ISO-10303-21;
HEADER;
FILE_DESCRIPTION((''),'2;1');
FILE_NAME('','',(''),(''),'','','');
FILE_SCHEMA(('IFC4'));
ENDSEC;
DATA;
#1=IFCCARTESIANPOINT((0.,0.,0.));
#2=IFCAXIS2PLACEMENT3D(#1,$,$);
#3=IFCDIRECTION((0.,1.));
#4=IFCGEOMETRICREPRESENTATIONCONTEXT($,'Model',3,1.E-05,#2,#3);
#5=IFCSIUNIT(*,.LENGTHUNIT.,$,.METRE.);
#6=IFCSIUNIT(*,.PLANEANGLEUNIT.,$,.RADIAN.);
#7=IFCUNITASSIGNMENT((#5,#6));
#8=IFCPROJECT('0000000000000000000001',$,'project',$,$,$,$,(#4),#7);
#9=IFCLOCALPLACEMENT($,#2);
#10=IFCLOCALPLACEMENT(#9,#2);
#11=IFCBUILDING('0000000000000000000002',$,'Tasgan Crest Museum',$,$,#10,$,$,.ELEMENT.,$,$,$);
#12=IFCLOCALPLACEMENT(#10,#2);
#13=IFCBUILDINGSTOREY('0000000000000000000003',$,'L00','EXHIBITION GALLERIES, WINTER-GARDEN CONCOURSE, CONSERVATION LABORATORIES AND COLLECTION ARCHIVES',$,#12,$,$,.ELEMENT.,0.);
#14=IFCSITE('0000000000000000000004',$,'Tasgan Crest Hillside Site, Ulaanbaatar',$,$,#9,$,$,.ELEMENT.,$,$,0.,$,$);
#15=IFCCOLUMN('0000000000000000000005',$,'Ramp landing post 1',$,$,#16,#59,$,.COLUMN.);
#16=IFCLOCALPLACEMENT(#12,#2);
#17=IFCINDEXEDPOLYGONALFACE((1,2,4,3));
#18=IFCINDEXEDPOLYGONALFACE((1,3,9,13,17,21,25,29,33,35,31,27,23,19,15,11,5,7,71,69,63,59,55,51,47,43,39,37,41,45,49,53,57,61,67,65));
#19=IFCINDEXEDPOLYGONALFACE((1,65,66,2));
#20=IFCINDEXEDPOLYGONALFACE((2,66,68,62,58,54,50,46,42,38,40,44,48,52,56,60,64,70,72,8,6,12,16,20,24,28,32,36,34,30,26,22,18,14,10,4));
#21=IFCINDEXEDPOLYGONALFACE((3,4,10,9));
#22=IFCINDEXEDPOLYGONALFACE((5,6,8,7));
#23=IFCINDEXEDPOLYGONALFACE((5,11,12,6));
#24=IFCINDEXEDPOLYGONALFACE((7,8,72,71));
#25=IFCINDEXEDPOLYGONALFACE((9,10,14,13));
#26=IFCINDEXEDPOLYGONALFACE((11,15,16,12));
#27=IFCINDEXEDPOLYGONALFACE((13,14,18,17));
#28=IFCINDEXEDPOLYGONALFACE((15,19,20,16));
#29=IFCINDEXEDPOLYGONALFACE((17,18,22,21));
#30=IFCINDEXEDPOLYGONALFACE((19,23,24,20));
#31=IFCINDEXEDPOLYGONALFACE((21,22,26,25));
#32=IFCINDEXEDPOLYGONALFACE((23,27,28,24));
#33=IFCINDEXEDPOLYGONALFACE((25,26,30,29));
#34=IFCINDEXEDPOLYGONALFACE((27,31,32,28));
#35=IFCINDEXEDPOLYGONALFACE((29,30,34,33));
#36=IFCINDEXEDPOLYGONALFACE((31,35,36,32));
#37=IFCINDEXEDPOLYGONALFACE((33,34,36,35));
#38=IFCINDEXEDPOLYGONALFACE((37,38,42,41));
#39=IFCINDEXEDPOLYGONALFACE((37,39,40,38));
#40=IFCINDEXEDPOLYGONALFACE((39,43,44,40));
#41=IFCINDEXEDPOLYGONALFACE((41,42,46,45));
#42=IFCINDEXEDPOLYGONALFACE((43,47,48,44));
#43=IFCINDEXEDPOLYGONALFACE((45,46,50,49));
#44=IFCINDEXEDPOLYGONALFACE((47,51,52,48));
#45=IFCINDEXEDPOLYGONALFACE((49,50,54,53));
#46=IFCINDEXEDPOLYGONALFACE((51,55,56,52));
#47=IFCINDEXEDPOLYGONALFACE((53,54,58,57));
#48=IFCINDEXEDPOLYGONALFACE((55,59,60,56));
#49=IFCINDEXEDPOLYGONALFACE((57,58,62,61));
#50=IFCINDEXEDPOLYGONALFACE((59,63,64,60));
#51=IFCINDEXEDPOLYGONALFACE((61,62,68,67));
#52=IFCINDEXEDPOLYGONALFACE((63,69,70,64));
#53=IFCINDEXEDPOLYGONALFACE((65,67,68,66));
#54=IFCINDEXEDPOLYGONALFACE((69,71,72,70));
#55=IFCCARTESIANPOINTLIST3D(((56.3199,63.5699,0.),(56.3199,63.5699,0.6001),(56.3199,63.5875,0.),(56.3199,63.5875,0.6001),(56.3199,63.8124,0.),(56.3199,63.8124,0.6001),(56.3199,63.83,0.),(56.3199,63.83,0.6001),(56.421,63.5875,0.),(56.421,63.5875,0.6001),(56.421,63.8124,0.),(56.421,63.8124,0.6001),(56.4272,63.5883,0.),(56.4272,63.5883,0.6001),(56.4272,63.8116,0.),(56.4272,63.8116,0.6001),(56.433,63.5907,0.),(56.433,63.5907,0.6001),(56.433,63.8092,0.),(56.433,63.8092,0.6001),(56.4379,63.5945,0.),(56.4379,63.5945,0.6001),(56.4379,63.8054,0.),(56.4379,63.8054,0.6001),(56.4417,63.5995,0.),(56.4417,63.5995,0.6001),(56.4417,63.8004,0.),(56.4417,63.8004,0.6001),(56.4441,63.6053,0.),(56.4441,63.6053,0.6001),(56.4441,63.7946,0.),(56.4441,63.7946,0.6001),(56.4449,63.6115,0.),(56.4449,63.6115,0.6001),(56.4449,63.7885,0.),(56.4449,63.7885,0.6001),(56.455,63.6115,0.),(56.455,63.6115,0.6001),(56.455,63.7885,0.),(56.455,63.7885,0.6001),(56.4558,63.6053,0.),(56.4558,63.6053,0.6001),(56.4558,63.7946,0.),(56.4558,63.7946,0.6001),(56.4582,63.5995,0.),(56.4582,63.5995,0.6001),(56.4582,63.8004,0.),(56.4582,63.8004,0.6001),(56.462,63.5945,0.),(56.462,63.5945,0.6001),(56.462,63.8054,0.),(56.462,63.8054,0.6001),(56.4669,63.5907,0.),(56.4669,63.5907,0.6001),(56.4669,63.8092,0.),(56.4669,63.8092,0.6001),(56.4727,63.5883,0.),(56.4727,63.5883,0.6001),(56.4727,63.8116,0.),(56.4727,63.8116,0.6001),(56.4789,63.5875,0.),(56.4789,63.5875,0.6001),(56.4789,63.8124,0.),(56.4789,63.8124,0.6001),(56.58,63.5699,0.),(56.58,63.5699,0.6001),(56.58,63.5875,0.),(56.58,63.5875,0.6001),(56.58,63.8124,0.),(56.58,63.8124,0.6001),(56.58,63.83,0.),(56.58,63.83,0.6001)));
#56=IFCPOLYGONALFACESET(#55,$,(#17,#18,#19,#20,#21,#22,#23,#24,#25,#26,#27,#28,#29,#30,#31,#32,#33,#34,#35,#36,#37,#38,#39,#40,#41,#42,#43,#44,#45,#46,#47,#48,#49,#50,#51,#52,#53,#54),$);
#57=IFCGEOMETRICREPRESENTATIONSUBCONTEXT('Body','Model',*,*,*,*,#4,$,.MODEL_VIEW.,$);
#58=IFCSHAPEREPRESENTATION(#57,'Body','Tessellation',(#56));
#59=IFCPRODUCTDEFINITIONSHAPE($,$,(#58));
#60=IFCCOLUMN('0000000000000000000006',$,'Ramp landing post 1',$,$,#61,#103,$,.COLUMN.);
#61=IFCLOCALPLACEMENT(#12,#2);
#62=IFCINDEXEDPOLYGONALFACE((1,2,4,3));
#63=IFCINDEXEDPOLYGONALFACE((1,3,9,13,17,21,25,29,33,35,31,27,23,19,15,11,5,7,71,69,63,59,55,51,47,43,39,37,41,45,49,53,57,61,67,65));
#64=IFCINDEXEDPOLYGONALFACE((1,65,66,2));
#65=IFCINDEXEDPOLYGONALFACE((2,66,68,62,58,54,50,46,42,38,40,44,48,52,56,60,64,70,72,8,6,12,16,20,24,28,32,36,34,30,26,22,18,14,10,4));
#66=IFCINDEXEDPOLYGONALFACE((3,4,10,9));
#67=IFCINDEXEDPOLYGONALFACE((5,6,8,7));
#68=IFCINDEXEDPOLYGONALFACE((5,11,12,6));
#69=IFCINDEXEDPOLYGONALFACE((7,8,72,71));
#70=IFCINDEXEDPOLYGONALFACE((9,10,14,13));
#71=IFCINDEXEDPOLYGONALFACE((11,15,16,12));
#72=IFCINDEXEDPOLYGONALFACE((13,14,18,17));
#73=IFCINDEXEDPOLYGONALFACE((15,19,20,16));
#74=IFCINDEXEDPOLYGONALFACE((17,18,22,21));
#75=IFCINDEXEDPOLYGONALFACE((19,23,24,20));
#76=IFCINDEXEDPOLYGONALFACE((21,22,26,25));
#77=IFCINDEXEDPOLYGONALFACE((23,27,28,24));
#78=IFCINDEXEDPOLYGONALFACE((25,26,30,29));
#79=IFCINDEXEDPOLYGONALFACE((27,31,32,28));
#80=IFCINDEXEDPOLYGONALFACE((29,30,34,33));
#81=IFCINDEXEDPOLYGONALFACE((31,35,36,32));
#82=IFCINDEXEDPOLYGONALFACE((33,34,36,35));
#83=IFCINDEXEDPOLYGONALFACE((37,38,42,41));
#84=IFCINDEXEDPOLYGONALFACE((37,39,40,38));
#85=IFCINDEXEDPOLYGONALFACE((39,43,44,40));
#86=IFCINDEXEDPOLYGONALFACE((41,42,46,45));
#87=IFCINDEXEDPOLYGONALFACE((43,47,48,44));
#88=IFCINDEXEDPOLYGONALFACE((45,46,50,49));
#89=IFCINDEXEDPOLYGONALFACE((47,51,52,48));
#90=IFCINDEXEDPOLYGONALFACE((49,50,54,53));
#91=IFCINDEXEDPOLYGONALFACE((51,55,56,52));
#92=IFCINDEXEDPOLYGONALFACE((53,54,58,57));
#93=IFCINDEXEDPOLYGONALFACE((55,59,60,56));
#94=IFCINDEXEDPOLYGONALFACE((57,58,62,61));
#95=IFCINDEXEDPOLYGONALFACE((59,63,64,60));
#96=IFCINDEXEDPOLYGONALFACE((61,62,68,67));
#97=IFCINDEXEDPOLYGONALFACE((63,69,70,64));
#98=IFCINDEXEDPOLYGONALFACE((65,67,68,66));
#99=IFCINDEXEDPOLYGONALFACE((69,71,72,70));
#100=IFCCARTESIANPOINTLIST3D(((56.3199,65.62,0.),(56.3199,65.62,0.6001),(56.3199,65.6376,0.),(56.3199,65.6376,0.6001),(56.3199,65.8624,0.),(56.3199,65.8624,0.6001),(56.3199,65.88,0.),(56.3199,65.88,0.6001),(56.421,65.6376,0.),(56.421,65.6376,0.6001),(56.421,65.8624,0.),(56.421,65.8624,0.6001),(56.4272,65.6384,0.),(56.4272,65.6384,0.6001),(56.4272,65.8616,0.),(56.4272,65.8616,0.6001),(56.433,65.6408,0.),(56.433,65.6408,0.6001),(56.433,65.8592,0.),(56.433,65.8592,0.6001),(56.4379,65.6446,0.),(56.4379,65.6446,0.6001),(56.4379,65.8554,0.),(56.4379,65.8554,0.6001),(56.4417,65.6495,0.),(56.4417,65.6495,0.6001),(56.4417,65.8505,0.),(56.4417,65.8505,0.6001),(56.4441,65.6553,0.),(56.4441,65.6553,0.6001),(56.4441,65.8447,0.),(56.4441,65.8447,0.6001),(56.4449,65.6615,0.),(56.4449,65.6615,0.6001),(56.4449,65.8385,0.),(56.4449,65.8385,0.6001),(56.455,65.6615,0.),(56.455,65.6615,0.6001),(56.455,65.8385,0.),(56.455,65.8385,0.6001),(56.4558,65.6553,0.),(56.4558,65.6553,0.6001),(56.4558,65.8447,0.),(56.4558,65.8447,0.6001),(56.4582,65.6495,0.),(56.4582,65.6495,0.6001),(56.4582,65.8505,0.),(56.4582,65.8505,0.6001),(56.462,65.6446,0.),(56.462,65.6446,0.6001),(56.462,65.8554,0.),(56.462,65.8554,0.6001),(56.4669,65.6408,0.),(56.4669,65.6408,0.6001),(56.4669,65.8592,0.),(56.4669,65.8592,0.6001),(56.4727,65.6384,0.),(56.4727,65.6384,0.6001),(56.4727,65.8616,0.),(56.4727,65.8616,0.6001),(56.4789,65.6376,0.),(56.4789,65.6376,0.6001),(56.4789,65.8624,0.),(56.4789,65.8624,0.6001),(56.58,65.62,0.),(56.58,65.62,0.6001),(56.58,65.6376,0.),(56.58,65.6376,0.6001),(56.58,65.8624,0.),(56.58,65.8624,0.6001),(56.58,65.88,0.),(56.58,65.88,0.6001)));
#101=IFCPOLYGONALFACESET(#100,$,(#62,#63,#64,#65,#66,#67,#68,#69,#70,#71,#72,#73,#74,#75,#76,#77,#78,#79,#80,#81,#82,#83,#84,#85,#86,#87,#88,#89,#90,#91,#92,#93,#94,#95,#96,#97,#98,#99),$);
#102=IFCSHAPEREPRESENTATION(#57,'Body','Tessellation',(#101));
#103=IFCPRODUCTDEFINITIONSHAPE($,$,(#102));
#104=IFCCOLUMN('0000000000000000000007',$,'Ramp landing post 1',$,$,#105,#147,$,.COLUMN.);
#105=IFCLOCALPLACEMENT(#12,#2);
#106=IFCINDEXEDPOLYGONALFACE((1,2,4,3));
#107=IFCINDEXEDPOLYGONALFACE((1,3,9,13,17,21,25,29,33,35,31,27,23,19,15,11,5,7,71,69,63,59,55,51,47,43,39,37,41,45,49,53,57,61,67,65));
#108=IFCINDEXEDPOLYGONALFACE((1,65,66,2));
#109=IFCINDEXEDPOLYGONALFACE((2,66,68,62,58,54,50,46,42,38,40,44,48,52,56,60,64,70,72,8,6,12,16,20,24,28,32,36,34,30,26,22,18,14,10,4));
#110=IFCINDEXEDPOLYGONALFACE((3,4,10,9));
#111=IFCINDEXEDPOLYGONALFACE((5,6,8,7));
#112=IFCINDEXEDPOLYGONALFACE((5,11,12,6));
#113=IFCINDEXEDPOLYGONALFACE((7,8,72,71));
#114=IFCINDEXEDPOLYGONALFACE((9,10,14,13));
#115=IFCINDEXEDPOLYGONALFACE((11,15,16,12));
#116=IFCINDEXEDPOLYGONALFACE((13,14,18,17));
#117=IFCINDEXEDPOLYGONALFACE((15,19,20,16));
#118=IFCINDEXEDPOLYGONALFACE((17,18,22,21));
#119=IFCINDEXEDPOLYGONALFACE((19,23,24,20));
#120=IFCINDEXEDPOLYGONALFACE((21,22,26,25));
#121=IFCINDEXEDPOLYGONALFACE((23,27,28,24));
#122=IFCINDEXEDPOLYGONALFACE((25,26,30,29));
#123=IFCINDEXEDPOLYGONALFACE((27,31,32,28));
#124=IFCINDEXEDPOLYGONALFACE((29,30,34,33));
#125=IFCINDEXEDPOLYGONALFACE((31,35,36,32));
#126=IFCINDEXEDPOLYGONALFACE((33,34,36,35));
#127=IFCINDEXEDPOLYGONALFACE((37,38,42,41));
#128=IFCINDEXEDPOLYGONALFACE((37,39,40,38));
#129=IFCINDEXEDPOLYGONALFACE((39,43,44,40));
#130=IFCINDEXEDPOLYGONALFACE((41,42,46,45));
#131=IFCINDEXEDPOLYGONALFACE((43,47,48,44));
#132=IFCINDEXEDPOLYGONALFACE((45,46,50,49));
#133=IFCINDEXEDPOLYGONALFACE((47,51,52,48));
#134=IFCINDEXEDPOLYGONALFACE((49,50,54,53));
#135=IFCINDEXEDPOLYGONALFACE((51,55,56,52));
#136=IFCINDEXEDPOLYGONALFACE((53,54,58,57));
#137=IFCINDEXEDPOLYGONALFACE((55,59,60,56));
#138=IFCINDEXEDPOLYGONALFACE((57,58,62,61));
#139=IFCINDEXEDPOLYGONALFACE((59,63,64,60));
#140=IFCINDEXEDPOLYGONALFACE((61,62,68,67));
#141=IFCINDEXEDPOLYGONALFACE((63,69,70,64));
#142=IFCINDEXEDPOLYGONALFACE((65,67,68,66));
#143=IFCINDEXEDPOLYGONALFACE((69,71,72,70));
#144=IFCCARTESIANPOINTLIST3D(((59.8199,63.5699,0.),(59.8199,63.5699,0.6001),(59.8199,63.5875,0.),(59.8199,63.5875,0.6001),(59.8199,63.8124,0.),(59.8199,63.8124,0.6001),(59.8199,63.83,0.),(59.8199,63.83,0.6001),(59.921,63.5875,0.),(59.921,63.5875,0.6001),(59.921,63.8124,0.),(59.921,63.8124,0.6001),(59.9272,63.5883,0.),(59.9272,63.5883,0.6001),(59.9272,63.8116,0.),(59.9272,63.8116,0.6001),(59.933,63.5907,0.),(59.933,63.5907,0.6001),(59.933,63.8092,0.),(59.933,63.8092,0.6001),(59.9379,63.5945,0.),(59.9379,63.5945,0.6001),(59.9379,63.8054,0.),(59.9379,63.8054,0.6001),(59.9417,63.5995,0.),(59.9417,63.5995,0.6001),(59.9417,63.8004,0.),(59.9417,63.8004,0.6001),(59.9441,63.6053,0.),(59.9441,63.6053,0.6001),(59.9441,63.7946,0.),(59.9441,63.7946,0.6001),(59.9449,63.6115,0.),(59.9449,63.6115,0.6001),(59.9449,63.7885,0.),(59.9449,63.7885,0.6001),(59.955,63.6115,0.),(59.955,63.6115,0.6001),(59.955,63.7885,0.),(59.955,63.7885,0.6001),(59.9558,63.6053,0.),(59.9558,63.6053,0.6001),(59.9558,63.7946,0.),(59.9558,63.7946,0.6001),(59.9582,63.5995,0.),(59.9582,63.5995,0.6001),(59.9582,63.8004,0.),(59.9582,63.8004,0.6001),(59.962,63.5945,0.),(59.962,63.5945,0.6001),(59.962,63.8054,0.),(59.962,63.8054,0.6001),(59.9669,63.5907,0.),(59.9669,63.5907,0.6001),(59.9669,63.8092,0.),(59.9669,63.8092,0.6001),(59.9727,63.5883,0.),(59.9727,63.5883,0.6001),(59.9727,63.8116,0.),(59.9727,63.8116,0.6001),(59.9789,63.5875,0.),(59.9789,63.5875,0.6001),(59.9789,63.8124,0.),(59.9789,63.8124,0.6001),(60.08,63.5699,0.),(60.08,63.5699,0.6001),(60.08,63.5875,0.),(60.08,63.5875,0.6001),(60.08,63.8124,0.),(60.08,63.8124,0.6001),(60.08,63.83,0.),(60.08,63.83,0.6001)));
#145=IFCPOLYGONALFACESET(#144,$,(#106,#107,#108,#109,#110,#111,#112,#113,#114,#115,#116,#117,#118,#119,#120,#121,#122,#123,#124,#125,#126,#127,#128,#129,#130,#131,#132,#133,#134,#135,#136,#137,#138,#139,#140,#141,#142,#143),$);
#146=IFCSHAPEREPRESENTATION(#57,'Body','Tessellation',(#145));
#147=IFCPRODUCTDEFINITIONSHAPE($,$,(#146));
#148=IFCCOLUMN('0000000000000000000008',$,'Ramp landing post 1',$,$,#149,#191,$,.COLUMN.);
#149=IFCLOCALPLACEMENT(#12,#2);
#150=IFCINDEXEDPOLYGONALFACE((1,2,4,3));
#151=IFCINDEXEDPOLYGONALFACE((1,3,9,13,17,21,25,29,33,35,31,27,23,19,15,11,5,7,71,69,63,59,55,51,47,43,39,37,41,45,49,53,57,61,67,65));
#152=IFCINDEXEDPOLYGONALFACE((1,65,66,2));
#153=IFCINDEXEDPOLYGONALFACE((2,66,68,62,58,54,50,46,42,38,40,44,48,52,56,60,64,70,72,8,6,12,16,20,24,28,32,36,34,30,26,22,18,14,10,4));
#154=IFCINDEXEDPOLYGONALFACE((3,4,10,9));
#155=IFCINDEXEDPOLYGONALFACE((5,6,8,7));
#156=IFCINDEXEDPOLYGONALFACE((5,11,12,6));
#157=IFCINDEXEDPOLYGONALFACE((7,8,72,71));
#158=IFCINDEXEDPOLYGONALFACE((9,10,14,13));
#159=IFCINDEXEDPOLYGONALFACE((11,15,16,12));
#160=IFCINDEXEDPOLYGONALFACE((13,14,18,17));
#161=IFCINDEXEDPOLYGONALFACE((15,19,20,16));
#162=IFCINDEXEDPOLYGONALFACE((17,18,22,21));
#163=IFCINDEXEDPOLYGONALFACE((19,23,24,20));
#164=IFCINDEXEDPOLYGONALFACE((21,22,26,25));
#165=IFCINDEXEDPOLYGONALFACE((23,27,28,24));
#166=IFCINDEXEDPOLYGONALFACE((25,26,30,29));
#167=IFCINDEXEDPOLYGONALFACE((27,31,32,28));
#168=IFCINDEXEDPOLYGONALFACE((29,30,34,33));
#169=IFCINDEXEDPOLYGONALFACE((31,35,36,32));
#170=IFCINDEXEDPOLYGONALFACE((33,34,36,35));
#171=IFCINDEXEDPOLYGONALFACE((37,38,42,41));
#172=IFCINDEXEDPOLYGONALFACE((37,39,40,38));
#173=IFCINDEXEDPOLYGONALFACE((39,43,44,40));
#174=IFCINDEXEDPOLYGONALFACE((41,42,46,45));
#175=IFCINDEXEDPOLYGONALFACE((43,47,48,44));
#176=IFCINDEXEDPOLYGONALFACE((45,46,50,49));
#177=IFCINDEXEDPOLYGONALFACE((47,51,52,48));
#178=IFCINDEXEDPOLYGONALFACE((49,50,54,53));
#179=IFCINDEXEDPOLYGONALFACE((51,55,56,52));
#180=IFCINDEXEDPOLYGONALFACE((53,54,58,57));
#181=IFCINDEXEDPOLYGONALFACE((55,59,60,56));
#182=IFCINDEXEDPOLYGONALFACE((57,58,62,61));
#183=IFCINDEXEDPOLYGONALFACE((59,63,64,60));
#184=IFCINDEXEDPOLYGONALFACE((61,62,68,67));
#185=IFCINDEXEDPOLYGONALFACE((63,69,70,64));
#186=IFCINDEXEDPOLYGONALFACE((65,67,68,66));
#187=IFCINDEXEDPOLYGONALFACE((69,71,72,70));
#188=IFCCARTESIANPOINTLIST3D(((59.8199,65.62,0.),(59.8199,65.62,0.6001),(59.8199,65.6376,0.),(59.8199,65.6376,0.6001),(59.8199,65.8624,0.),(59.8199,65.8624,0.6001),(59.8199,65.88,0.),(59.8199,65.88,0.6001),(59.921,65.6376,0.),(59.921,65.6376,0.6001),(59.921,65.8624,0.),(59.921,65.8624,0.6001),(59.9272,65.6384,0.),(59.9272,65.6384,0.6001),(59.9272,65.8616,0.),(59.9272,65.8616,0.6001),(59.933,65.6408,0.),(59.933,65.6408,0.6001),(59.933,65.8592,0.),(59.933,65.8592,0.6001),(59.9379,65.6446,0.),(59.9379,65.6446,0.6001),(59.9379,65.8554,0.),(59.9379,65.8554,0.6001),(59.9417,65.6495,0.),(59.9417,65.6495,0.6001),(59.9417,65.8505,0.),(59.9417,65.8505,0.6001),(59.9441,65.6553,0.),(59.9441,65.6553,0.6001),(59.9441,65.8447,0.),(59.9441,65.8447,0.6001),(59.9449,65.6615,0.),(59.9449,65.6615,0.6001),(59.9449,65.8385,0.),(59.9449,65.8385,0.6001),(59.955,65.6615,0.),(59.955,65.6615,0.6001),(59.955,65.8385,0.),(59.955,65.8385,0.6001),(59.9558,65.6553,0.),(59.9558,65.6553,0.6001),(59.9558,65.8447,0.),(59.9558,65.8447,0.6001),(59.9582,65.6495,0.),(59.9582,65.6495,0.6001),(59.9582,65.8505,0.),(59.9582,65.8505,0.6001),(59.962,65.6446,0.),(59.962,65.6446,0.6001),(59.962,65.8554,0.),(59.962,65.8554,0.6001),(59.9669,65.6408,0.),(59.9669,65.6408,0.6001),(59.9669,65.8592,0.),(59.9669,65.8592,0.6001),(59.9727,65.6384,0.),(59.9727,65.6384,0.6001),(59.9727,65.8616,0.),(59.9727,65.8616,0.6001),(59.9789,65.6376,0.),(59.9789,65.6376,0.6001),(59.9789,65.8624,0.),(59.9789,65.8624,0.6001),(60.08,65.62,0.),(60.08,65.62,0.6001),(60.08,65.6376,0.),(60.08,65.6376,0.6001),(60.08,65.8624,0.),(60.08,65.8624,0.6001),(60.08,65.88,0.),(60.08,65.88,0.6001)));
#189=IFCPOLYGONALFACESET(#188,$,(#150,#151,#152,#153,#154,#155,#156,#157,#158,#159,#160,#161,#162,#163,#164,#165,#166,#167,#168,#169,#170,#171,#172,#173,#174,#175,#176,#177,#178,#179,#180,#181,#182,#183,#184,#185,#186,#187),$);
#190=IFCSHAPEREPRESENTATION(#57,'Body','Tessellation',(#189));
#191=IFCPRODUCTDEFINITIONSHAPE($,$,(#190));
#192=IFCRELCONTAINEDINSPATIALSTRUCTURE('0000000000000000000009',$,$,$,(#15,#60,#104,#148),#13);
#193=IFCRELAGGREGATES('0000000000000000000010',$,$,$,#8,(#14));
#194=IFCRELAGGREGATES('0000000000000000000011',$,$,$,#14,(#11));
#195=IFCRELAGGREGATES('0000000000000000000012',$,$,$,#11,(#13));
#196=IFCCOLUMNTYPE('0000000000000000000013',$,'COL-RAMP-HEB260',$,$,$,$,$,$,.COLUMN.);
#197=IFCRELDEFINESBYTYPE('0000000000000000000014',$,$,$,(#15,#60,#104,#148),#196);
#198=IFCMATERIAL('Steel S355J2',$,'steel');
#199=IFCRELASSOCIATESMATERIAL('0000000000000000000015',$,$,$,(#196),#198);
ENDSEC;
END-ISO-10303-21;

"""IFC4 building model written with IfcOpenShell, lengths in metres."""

from ifc_helpers import new_model, si_unit, direction, frame, origin, origin_2d, place, context, subcontext, project, spatial, i_section, extrude, material, material_profile, profile_set, type_object, element, save


model = new_model("IFC4")

# Units and contexts
model_context = context("Model", 3, precision=1e-05, world=origin(), true_north=direction((0.0, 1.0)))
body_context = subcontext(model_context, "Body", "Model", "MODEL_VIEW")
ifc_project = project(units=[si_unit("LENGTHUNIT", "METRE"), si_unit("PLANEANGLEUNIT", "RADIAN")], contexts=[model_context])

# Site, building, storey
site_placement = place(None, origin())
site = spatial("IfcSite", under=ifc_project, at=site_placement, Name="Tasgan Crest Hillside Site, Ulaanbaatar", CompositionType="ELEMENT", RefElevation=0.0)
building_placement = place(site_placement, origin())
building = spatial("IfcBuilding", under=site, at=building_placement, Name="Tasgan Crest Museum", CompositionType="ELEMENT")
storey_placement = place(building_placement, origin())
storey = spatial("IfcBuildingStorey", under=building, at=storey_placement, Name="L00", Description="EXHIBITION GALLERIES, WINTER-GARDEN CONCOURSE, CONSERVATION LABORATORIES AND COLLECTION ARCHIVES", CompositionType="ELEMENT", Elevation=0.0)

# Columns
ifc_material_1 = material(Name="Steel S355J2", Category="steel")
ifc_material_profile_1 = material_profile(ifc_material_1, i_section(OverallWidth=0.26, OverallDepth=0.26, WebThickness=0.01, FlangeThickness=0.0176, FilletRadius=0.0239, at=origin_2d()), Name="HEB 260")
ifc_profile_set_1 = profile_set([ifc_material_profile_1], Name="Steel S355J2")
column_type_1 = type_object("IfcColumnType", Name="COL-RAMP-HEB260", PredefinedType="COLUMN", material=ifc_profile_set_1)
for number, where, z_axis, x_axis, name in (
    (1, (56.45, 63.7, 0.0), (0.0, 0.0, 1.0), (1.0, 0.0, 0.0), "Ramp landing post 1"),
    (2, (56.45, 65.75, 0.0), (0.0, 0.0, 1.0), (1.0, 0.0, 0.0), "Ramp landing post 1"),
    (3, (59.95, 63.7, 0.0), (0.0, 0.0, 1.0), (1.0, 0.0, 0.0), "Ramp landing post 1"),
    (4, (59.95, 65.75, 0.0), (0.0, 0.0, 1.0), (1.0, 0.0, 0.0), "Ramp landing post 1"),
):
    element("IfcColumn", number, at=place(storey_placement, frame(where, z_axis=z_axis, x_axis=x_axis)), inside=storey, type_object=column_type_1, Name=name, PredefinedType="COLUMN", context=body_context, shape_type="SweptSolid", body=[
        extrude(i_section(OverallWidth=0.26, OverallDepth=0.26, WebThickness=0.01, FlangeThickness=0.0176, FilletRadius=0.0239, at=origin_2d()), origin(), (0.0, 0.0, 1.0), 0.6001),
    ])

save(model, "model.ifc")
